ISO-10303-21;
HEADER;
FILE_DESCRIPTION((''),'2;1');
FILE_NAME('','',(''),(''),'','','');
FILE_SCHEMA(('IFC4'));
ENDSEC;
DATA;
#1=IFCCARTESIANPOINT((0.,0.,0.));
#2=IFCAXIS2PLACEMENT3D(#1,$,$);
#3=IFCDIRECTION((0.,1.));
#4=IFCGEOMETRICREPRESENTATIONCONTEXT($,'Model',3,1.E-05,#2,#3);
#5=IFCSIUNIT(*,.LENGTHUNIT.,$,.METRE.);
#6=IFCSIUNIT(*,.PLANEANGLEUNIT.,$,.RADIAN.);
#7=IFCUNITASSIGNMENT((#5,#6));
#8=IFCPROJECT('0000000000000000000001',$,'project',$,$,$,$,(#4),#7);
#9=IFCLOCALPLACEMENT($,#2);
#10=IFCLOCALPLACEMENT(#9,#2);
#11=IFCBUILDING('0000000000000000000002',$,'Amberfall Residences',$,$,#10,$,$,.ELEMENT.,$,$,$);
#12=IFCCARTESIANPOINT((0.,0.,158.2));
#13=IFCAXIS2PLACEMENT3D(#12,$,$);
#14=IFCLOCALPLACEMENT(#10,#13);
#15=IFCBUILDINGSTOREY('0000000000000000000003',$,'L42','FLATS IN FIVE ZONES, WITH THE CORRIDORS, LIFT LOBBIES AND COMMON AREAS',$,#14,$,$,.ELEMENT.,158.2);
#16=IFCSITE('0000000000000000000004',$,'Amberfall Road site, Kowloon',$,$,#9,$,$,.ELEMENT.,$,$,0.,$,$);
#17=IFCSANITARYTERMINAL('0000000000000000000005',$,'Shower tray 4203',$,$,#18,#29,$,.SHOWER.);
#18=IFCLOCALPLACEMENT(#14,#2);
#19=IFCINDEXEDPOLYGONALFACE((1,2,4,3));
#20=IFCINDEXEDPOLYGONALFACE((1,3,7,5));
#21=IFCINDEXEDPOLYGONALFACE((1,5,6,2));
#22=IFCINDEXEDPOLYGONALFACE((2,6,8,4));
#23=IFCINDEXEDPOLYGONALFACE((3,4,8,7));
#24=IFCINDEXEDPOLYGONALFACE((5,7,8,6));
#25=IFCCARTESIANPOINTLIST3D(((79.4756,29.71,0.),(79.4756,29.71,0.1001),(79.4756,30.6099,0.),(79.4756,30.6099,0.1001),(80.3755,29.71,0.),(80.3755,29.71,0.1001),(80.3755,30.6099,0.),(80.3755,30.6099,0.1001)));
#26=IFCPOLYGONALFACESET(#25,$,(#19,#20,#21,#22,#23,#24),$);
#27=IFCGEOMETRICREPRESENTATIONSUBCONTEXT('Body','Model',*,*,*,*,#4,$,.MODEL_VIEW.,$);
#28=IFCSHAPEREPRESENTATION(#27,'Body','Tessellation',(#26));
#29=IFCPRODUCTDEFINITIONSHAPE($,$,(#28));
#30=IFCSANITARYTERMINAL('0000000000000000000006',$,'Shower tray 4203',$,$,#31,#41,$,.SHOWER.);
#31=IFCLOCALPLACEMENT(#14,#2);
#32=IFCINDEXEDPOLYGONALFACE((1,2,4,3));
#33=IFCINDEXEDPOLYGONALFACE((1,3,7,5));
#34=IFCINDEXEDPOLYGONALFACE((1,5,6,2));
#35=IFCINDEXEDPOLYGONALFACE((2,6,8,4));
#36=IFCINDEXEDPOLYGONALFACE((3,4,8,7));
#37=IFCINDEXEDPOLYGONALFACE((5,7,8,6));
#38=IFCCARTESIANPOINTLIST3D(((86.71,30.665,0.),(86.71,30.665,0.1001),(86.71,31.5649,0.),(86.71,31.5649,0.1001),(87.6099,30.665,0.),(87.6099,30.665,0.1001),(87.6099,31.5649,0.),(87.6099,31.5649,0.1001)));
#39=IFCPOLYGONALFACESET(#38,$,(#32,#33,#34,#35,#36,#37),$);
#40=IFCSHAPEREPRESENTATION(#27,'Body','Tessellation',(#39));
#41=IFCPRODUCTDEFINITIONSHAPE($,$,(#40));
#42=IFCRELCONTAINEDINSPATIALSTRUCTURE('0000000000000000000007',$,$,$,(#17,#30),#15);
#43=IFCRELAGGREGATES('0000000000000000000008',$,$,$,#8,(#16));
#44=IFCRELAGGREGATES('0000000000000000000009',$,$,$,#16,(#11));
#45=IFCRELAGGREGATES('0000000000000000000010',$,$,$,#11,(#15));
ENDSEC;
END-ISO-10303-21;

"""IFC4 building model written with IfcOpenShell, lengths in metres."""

from ifc_helpers import new_model, si_unit, direction, frame, origin, origin_2d, place, context, subcontext, project, spatial, rectangle, extrude, element, save


model = new_model("IFC4")

# Units and contexts
model_context = context("Model", 3, precision=1e-05, world=origin(), true_north=direction((0.0, 1.0)))
body_context = subcontext(model_context, "Body", "Model", "MODEL_VIEW")
ifc_project = project(units=[si_unit("LENGTHUNIT", "METRE"), si_unit("PLANEANGLEUNIT", "RADIAN")], contexts=[model_context])

# Site, building, storey
site_placement = place(None, origin())
site = spatial("IfcSite", under=ifc_project, at=site_placement, Name="Amberfall Road site, Kowloon", CompositionType="ELEMENT", RefElevation=0.0)
building_placement = place(site_placement, origin())
building = spatial("IfcBuilding", under=site, at=building_placement, Name="Amberfall Residences", CompositionType="ELEMENT")
storey_placement = place(building_placement, frame((0.0, 0.0, 158.2)))
storey = spatial("IfcBuildingStorey", under=building, at=storey_placement, Name="L42", Description="FLATS IN FIVE ZONES, WITH THE CORRIDORS, LIFT LOBBIES AND COMMON AREAS", CompositionType="ELEMENT", Elevation=158.2)

# Sanitary terminals
for number, where, z_axis, x_axis, name in (
    (1, (79.9255, 30.1599, 0.0), (0.0, 0.0, 1.0), (1.0, 0.0, 0.0), "Shower tray 4203"),
    (2, (87.1599, 31.115, 0.0), (0.0, 0.0, 1.0), (1.0, 0.0, 0.0), "Shower tray 4203"),
):
    element("IfcSanitaryTerminal", number, at=place(storey_placement, frame(where, z_axis=z_axis, x_axis=x_axis)), inside=storey, Name=name, PredefinedType="SHOWER", context=body_context, shape_type="SweptSolid", body=[
        extrude(rectangle(XDim=0.8999, YDim=0.8999, at=origin_2d()), origin(), (0.0, 0.0, 1.0), 0.1001),
    ])

save(model, "model.ifc")
